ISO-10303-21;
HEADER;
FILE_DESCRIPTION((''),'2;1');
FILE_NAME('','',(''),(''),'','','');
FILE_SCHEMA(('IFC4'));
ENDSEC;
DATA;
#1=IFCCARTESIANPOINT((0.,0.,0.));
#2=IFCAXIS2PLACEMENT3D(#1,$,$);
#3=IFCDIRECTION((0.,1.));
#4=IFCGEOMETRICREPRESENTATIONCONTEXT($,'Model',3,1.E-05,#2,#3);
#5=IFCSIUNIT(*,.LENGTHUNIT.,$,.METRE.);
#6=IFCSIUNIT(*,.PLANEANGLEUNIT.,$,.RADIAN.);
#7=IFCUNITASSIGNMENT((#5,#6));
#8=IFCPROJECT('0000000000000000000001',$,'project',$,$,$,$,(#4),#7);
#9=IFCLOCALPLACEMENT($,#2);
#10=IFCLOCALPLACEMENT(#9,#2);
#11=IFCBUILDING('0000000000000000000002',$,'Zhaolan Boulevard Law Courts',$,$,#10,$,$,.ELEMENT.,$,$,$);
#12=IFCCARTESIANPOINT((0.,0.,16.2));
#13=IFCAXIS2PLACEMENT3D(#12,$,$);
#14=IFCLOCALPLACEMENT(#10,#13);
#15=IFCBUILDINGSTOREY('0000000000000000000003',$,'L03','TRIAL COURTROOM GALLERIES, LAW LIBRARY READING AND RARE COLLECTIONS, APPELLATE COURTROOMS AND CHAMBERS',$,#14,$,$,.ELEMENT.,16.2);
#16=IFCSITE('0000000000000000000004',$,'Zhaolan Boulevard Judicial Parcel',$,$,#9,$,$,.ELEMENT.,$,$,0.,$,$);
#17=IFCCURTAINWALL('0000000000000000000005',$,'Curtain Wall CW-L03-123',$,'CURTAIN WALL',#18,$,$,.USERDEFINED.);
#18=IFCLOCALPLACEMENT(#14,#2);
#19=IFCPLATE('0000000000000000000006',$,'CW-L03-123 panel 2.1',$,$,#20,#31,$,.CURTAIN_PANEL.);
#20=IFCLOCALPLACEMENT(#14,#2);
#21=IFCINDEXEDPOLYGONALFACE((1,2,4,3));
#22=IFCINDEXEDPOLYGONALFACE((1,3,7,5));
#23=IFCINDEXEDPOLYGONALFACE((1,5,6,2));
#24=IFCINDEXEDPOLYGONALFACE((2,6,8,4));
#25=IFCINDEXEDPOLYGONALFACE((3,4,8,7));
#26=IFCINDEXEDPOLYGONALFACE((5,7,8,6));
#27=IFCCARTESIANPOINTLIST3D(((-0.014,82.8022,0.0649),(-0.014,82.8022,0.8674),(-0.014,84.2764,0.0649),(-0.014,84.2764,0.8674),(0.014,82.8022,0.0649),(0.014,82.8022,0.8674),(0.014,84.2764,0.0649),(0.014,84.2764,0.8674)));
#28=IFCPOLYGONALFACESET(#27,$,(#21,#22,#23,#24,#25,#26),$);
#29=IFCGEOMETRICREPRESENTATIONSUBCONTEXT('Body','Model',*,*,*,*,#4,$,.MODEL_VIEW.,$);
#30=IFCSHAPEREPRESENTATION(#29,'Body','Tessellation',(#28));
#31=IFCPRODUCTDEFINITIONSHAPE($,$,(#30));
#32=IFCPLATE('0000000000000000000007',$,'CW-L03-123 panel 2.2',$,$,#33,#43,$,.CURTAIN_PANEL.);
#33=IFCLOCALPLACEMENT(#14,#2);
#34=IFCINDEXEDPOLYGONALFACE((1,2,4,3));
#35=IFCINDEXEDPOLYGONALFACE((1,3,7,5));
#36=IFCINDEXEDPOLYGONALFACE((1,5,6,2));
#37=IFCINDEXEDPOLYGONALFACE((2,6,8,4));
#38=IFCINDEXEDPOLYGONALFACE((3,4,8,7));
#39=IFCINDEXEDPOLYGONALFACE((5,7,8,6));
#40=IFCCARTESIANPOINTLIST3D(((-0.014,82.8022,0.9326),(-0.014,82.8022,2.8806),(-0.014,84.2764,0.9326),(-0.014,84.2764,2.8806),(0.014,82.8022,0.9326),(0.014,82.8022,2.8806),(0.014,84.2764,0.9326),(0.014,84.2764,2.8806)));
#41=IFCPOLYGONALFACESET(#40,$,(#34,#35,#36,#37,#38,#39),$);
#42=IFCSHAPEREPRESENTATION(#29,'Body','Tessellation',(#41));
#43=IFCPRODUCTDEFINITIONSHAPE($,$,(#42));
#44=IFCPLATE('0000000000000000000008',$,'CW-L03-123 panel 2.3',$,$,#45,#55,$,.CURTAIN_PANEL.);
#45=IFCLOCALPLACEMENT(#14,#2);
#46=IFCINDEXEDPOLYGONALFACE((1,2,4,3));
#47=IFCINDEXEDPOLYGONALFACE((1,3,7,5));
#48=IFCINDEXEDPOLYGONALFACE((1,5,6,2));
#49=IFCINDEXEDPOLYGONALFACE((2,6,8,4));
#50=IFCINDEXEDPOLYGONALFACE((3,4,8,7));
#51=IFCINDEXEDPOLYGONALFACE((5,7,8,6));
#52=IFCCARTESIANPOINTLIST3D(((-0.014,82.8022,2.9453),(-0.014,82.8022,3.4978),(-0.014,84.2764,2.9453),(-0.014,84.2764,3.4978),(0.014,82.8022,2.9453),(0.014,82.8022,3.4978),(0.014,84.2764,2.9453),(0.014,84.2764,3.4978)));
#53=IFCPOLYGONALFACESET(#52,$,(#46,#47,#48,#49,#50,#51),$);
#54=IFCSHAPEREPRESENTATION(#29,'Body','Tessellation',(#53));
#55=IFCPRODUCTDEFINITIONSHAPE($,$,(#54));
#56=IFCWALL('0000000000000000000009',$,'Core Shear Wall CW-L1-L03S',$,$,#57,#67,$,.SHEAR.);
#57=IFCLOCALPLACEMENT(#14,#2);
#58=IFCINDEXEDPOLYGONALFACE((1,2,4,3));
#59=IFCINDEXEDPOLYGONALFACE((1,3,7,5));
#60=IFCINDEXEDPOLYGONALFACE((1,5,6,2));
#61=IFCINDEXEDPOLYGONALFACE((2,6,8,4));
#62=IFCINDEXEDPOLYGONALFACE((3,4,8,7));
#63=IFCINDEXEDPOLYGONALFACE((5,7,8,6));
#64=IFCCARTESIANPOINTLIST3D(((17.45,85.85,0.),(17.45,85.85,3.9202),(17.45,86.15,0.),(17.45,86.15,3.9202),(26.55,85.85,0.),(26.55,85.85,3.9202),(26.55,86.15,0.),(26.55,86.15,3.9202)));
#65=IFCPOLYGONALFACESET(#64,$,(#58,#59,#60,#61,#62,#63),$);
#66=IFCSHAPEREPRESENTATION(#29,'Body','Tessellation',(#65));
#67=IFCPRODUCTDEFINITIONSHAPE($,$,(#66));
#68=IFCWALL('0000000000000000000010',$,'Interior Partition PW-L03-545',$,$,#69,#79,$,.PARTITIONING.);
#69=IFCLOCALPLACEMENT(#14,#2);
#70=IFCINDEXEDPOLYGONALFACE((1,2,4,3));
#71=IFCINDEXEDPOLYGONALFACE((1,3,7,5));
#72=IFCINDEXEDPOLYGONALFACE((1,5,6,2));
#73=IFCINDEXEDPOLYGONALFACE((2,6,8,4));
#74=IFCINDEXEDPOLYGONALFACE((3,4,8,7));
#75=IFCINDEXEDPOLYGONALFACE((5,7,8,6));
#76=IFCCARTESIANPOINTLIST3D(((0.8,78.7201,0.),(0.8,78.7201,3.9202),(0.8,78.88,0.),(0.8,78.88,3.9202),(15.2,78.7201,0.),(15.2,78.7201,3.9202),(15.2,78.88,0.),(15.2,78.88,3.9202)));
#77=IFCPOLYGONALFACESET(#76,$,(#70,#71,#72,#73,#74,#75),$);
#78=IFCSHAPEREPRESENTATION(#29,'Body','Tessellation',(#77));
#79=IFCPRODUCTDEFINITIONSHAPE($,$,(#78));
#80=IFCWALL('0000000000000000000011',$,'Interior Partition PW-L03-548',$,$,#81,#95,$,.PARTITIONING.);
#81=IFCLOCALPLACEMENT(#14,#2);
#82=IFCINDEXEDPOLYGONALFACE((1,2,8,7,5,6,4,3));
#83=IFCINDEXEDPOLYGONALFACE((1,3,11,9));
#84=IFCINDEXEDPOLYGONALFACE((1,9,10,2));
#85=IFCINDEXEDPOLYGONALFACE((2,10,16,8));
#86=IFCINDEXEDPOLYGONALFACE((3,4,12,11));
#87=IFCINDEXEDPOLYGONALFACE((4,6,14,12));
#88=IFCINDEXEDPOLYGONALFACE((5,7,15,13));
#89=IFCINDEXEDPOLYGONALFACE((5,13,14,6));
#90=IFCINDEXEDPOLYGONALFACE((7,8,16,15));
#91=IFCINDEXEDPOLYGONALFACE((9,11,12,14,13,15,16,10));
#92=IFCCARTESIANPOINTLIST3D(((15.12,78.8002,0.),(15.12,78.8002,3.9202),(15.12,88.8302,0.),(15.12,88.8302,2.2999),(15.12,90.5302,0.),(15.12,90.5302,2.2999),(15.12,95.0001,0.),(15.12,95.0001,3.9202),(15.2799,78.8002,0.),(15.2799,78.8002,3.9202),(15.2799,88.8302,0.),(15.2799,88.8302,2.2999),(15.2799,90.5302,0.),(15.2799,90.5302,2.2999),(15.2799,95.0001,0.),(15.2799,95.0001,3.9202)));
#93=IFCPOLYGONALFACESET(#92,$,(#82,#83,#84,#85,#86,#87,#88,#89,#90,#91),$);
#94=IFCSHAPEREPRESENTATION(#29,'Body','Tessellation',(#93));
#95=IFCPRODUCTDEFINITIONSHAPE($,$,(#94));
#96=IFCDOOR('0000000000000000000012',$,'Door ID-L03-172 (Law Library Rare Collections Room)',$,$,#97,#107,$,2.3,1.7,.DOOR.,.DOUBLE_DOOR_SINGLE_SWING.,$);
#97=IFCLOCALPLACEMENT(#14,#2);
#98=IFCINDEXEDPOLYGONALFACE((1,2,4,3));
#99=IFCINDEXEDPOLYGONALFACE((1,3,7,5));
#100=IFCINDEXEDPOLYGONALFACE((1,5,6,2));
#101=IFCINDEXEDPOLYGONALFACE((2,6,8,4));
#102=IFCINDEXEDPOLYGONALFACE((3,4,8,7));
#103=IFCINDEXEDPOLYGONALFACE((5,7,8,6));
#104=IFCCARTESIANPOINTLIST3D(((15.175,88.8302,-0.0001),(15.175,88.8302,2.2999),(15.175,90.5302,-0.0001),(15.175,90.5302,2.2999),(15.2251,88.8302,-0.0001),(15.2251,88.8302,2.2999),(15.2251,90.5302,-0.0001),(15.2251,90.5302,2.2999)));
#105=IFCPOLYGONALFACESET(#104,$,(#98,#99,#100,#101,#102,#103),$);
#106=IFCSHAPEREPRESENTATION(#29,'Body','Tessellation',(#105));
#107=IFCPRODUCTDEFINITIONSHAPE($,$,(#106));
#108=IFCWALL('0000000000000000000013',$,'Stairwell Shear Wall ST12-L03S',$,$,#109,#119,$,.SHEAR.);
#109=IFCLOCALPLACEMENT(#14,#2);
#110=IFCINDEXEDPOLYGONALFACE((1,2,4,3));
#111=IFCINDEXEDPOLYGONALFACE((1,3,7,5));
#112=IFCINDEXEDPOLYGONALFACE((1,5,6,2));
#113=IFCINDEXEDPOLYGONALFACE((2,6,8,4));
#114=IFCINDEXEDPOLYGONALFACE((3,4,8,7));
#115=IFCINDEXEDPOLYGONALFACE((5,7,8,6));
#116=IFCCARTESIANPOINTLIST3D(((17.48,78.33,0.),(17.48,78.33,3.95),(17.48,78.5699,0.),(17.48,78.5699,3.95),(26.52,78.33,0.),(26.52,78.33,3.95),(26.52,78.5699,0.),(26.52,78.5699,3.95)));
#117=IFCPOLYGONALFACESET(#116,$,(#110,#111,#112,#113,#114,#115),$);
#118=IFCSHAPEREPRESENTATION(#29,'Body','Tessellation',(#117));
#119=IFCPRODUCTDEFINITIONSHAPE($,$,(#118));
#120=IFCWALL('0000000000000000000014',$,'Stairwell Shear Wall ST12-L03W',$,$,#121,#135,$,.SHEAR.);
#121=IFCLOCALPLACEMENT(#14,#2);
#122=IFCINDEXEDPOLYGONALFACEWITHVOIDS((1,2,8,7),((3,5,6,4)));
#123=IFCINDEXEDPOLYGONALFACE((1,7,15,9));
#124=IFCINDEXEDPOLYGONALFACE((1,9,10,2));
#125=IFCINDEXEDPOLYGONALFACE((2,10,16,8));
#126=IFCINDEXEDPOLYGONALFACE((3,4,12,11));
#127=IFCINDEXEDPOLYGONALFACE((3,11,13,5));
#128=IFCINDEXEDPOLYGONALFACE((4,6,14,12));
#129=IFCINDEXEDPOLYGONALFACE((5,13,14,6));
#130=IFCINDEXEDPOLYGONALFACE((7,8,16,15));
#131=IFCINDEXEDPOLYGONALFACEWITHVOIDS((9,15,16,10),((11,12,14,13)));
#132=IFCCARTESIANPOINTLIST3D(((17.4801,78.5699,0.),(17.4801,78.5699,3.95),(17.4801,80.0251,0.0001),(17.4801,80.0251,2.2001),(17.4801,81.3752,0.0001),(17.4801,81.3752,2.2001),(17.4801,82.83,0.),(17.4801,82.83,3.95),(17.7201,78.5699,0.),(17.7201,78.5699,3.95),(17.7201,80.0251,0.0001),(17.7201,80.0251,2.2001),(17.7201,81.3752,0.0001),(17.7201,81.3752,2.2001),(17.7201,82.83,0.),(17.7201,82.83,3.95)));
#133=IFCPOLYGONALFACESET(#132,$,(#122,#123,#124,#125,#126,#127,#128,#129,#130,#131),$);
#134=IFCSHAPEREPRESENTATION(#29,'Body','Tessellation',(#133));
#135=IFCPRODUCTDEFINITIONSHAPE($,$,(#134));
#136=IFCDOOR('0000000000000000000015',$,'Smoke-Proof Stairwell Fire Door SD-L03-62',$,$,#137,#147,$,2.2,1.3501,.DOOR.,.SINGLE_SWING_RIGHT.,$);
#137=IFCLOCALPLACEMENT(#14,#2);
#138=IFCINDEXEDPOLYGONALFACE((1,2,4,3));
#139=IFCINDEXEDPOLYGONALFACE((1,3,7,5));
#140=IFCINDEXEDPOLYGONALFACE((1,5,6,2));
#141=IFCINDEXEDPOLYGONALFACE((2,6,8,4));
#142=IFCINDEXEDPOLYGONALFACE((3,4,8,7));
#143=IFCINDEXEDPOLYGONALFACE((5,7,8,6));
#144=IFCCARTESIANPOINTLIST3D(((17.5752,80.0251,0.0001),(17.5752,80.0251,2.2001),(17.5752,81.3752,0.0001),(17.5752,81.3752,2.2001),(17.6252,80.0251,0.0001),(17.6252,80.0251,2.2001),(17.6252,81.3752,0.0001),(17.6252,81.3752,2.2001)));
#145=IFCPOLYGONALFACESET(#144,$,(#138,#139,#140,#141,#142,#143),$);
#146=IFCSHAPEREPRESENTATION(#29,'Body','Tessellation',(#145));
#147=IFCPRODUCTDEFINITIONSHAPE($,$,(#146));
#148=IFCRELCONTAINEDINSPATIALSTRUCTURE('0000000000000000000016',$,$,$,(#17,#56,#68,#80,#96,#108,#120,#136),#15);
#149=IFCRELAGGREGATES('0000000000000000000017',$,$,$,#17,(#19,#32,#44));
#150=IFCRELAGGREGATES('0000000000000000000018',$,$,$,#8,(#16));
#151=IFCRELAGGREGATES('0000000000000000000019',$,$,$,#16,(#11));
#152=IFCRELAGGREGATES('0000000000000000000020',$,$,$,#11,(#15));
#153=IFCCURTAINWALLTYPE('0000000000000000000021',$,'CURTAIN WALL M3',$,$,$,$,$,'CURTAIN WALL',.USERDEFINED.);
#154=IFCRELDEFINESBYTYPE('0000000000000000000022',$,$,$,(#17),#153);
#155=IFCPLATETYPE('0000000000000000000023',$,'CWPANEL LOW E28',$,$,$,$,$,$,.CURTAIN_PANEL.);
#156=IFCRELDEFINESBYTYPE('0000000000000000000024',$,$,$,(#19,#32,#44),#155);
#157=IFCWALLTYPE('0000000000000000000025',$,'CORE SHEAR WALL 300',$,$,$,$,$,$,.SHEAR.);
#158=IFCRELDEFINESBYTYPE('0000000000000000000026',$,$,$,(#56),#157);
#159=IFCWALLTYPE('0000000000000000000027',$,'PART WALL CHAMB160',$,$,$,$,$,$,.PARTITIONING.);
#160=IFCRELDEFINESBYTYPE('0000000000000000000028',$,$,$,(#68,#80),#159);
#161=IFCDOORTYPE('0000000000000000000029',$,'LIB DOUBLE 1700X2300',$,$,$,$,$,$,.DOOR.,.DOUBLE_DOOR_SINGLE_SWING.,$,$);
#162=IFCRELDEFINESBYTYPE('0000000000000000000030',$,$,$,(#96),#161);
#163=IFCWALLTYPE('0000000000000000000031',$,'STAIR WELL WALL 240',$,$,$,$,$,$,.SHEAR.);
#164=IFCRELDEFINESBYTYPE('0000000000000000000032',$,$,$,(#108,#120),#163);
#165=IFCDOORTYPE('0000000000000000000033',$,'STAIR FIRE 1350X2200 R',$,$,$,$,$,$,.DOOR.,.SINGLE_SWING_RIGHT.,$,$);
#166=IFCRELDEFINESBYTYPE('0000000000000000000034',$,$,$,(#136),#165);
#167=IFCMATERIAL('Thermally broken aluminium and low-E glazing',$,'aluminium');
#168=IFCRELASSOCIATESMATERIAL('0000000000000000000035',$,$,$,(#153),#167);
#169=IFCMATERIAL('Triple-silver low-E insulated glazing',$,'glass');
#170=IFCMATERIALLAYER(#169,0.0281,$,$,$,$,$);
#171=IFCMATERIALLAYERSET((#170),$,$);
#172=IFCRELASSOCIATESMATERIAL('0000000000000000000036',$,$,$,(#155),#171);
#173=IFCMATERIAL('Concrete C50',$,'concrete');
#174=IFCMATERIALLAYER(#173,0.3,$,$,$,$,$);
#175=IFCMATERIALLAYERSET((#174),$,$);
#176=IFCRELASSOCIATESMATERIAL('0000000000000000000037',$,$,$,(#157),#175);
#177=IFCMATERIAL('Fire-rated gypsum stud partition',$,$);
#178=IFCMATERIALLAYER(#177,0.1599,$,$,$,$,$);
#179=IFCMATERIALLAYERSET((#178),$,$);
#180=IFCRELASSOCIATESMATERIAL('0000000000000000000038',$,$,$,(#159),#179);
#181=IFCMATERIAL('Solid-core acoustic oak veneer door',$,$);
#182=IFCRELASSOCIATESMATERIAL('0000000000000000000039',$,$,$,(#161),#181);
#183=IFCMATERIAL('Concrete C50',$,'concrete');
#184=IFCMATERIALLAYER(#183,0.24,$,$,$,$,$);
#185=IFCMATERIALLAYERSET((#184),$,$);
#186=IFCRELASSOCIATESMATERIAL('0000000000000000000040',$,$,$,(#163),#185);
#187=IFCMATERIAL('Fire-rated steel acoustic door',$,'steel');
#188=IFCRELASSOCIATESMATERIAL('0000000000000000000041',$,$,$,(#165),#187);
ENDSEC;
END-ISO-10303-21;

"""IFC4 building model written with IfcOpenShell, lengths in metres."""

from ifc_helpers import new_model, si_unit, direction, frame, frame_2d, origin, origin_2d, place, context, subcontext, project, spatial, rectangle, extrude, material, layer, layer_set, type_object, element, fill, aggregate, save


model = new_model("IFC4")

# Units and contexts
model_context = context("Model", 3, precision=1e-05, world=origin(), true_north=direction((0.0, 1.0)))
body_context = subcontext(model_context, "Body", "Model", "MODEL_VIEW")
ifc_project = project(units=[si_unit("LENGTHUNIT", "METRE"), si_unit("PLANEANGLEUNIT", "RADIAN")], contexts=[model_context])

# Site, building, storey
site_placement = place(None, origin())
site = spatial("IfcSite", under=ifc_project, at=site_placement, Name="Zhaolan Boulevard Judicial Parcel", CompositionType="ELEMENT", RefElevation=0.0)
building_placement = place(site_placement, origin())
building = spatial("IfcBuilding", under=site, at=building_placement, Name="Zhaolan Boulevard Law Courts", CompositionType="ELEMENT")
storey_placement = place(building_placement, frame((0.0, 0.0, 16.2)))
storey = spatial("IfcBuildingStorey", under=building, at=storey_placement, Name="L03", Description="TRIAL COURTROOM GALLERIES, LAW LIBRARY READING AND RARE COLLECTIONS, APPELLATE COURTROOMS AND CHAMBERS", CompositionType="ELEMENT", Elevation=16.2)

# Curtain wall
ifc_material_1 = material(Name="Thermally broken aluminium and low-E glazing", Category="aluminium")
curtain_wall_type = type_object("IfcCurtainWallType", Name="CURTAIN WALL M3", ElementType="CURTAIN WALL", PredefinedType="USERDEFINED", material=ifc_material_1)
curtain_wall_placement = place(storey_placement, origin())
curtain_wall = element("IfcCurtainWall", 1, at=curtain_wall_placement, inside=storey, type_object=curtain_wall_type, Name="Curtain Wall CW-L03-123", ObjectType="CURTAIN WALL", PredefinedType="USERDEFINED")

# Plates
ifc_material_2 = material(Name="Triple-silver low-E insulated glazing", Category="glass")
ifc_layer_1 = layer(ifc_material_2, 0.0281)
ifc_layer_set_1 = layer_set([ifc_layer_1])
plate_type = type_object("IfcPlateType", Name="CWPANEL LOW E28", PredefinedType="CURTAIN_PANEL", material=ifc_layer_set_1)
plate_1_placement = place(storey_placement, frame((0.0, 83.5393, 0.0649), z_axis=(0.0, 0.0, 1.0), x_axis=(0.0, -1.0, 0.0)))
plate_1 = element("IfcPlate", 2, at=plate_1_placement, type_object=plate_type, Name="CW-L03-123 panel 2.1", PredefinedType="CURTAIN_PANEL", context=body_context, shape_type="SweptSolid", body=[
    extrude(rectangle(XDim=1.4741, YDim=0.0281, at=origin_2d()), origin(), (0.0, 0.0, 1.0), 0.8025),
])
plate_2_placement = place(storey_placement, frame((0.0, 83.5393, 0.9326), z_axis=(0.0, 0.0, 1.0), x_axis=(0.0, -1.0, 0.0)))
plate_2 = element("IfcPlate", 3, at=plate_2_placement, type_object=plate_type, Name="CW-L03-123 panel 2.2", PredefinedType="CURTAIN_PANEL", context=body_context, shape_type="SweptSolid", body=[
    extrude(rectangle(XDim=1.4741, YDim=0.0281, at=origin_2d()), origin(), (0.0, 0.0, 1.0), 1.948),
])
plate_3_placement = place(storey_placement, frame((0.0, 83.5393, 2.9453), z_axis=(0.0, 0.0, 1.0), x_axis=(0.0, -1.0, 0.0)))
plate_3 = element("IfcPlate", 4, at=plate_3_placement, type_object=plate_type, Name="CW-L03-123 panel 2.3", PredefinedType="CURTAIN_PANEL", context=body_context, shape_type="SweptSolid", body=[
    extrude(rectangle(XDim=1.4741, YDim=0.0281, at=origin_2d()), origin(), (0.0, 0.0, 1.0), 0.5525),
])
aggregate(curtain_wall, [plate_1, plate_2, plate_3])

# Walls
ifc_material_3 = material(Name="Concrete C50", Category="concrete")
ifc_layer_2 = layer(ifc_material_3, 0.3)
ifc_layer_set_2 = layer_set([ifc_layer_2])
wall_type_1 = type_object("IfcWallType", Name="CORE SHEAR WALL 300", PredefinedType="SHEAR", material=ifc_layer_set_2)
wall_1_placement = place(storey_placement, frame((17.45, 86.0, 0.0), z_axis=(0.0, 0.0, 1.0), x_axis=(1.0, 0.0, 0.0)))
element("IfcWall", 5, at=wall_1_placement, inside=storey, type_object=wall_type_1, Name="Core Shear Wall CW-L1-L03S", PredefinedType="SHEAR", context=body_context, shape_type="SweptSolid", body=[
    extrude(rectangle(XDim=9.1001, YDim=0.3, at=frame_2d((4.55, 0.0))), origin(), (0.0, 0.0, 1.0), 3.9202),
])
ifc_material_4 = material(Name="Fire-rated gypsum stud partition")
ifc_layer_3 = layer(ifc_material_4, 0.1599)
ifc_layer_set_3 = layer_set([ifc_layer_3])
wall_type_2 = type_object("IfcWallType", Name="PART WALL CHAMB160", PredefinedType="PARTITIONING", material=ifc_layer_set_3)
wall_2_placement = place(storey_placement, frame((0.8, 78.8, 0.0), z_axis=(0.0, 0.0, 1.0), x_axis=(1.0, 0.0, 0.0)))
element("IfcWall", 6, at=wall_2_placement, inside=storey, type_object=wall_type_2, Name="Interior Partition PW-L03-545", PredefinedType="PARTITIONING", context=body_context, shape_type="SweptSolid", body=[
    extrude(rectangle(XDim=14.3999, YDim=0.1599, at=frame_2d((7.2, 0.0))), origin(), (0.0, 0.0, 1.0), 3.9202),
])

# Wall, opening, door
wall_3_placement = place(storey_placement, frame((15.2, 78.8, 0.0), z_axis=(0.0, 0.0, 1.0), x_axis=(0.0, 1.0, 0.0)))
wall_3 = element("IfcWall", 7, at=wall_3_placement, inside=storey, type_object=wall_type_2, Name="Interior Partition PW-L03-548", PredefinedType="PARTITIONING", context=body_context, shape_type="SweptSolid", body=[
    extrude(rectangle(XDim=16.2, YDim=0.1599, at=frame_2d((8.1001, 0.0))), origin(), (0.0, 0.0, 1.0), 3.9202),
])
opening_1_placement = place(wall_3_placement, frame((10.03, 0.0, 0.0)))
opening_1 = element("IfcOpeningElement", 8, at=opening_1_placement, cuts=wall_3, PredefinedType="OPENING", context=body_context, shape_type="SweptSolid", body=[
    extrude(rectangle(XDim=1.7, YDim=2.3, at=frame_2d((0.8501, 1.1499))), frame((0.0, 0.0898, 0.0), z_axis=(0.0, -1.0, 0.0), x_axis=(1.0, 0.0, 0.0)), (0.0, 0.0, 1.0), 0.1799),
])
ifc_material_5 = material(Name="Solid-core acoustic oak veneer door")
door_type_1 = type_object("IfcDoorType", Name="LIB DOUBLE 1700X2300", OperationType="DOUBLE_DOOR_SINGLE_SWING", PredefinedType="DOOR", material=ifc_material_5)
door_1_placement = place(opening_1_placement, origin())
door_1 = element("IfcDoor", 9, at=door_1_placement, inside=storey, type_object=door_type_1, Name="Door ID-L03-172 (Law Library Rare Collections Room)", OperationType="DOUBLE_DOOR_SINGLE_SWING", OverallHeight=2.3, OverallWidth=1.7, PredefinedType="DOOR", context=body_context, shape_type="SweptSolid", body=[
    extrude(rectangle(XDim=1.7, YDim=2.3, at=frame_2d((0.8501, 1.1499))), frame((0.0, 0.0249, 0.0), z_axis=(0.0, -1.0, 0.0), x_axis=(1.0, 0.0, 0.0)), (0.0, 0.0, 1.0), 0.05),
])
fill(opening_1, door_1)

# Wall
ifc_material_6 = material(Name="Concrete C50", Category="concrete")
ifc_layer_4 = layer(ifc_material_6, 0.24)
ifc_layer_set_4 = layer_set([ifc_layer_4])
wall_type_3 = type_object("IfcWallType", Name="STAIR WELL WALL 240", PredefinedType="SHEAR", material=ifc_layer_set_4)
wall_4_placement = place(storey_placement, frame((17.48, 78.45, 0.0), z_axis=(0.0, 0.0, 1.0), x_axis=(1.0, 0.0, 0.0)))
element("IfcWall", 10, at=wall_4_placement, inside=storey, type_object=wall_type_3, Name="Stairwell Shear Wall ST12-L03S", PredefinedType="SHEAR", context=body_context, shape_type="SweptSolid", body=[
    extrude(rectangle(XDim=9.04, YDim=0.24, at=frame_2d((4.52, 0.0))), origin(), (0.0, 0.0, 1.0), 3.95),
])

# Wall, opening, door
wall_5_placement = place(storey_placement, frame((17.6001, 78.5701, 0.0), z_axis=(0.0, 0.0, 1.0), x_axis=(0.0, 1.0, 0.0)))
wall_5 = element("IfcWall", 11, at=wall_5_placement, inside=storey, type_object=wall_type_3, Name="Stairwell Shear Wall ST12-L03W", PredefinedType="SHEAR", context=body_context, shape_type="SweptSolid", body=[
    extrude(rectangle(XDim=4.26, YDim=0.24, at=frame_2d((2.1299, 0.0))), origin(), (0.0, 0.0, 1.0), 3.95),
])
opening_2_placement = place(wall_5_placement, frame((1.4551, 0.0, 0.0)))
opening_2 = element("IfcOpeningElement", 12, at=opening_2_placement, cuts=wall_5, PredefinedType="OPENING", context=body_context, shape_type="SweptSolid", body=[
    extrude(rectangle(XDim=1.3501, YDim=2.2, at=frame_2d((0.675, 1.1001))), frame((0.0, 0.1299, 0.0), z_axis=(0.0, -1.0, 0.0), x_axis=(1.0, 0.0, 0.0)), (0.0, 0.0, 1.0), 0.26),
])
ifc_material_7 = material(Name="Fire-rated steel acoustic door", Category="steel")
door_type_2 = type_object("IfcDoorType", Name="STAIR FIRE 1350X2200 R", OperationType="SINGLE_SWING_RIGHT", PredefinedType="DOOR", material=ifc_material_7)
door_2_placement = place(opening_2_placement, origin())
door_2 = element("IfcDoor", 13, at=door_2_placement, inside=storey, type_object=door_type_2, Name="Smoke-Proof Stairwell Fire Door SD-L03-62", OperationType="SINGLE_SWING_RIGHT", OverallHeight=2.2, OverallWidth=1.3501, PredefinedType="DOOR", context=body_context, shape_type="SweptSolid", body=[
    extrude(rectangle(XDim=1.3501, YDim=2.2, at=frame_2d((0.675, 1.1001))), frame((0.0, 0.0249, 0.0), z_axis=(0.0, -1.0, 0.0), x_axis=(1.0, 0.0, 0.0)), (0.0, 0.0, 1.0), 0.05),
])
fill(opening_2, door_2)

save(model, "model.ifc")
